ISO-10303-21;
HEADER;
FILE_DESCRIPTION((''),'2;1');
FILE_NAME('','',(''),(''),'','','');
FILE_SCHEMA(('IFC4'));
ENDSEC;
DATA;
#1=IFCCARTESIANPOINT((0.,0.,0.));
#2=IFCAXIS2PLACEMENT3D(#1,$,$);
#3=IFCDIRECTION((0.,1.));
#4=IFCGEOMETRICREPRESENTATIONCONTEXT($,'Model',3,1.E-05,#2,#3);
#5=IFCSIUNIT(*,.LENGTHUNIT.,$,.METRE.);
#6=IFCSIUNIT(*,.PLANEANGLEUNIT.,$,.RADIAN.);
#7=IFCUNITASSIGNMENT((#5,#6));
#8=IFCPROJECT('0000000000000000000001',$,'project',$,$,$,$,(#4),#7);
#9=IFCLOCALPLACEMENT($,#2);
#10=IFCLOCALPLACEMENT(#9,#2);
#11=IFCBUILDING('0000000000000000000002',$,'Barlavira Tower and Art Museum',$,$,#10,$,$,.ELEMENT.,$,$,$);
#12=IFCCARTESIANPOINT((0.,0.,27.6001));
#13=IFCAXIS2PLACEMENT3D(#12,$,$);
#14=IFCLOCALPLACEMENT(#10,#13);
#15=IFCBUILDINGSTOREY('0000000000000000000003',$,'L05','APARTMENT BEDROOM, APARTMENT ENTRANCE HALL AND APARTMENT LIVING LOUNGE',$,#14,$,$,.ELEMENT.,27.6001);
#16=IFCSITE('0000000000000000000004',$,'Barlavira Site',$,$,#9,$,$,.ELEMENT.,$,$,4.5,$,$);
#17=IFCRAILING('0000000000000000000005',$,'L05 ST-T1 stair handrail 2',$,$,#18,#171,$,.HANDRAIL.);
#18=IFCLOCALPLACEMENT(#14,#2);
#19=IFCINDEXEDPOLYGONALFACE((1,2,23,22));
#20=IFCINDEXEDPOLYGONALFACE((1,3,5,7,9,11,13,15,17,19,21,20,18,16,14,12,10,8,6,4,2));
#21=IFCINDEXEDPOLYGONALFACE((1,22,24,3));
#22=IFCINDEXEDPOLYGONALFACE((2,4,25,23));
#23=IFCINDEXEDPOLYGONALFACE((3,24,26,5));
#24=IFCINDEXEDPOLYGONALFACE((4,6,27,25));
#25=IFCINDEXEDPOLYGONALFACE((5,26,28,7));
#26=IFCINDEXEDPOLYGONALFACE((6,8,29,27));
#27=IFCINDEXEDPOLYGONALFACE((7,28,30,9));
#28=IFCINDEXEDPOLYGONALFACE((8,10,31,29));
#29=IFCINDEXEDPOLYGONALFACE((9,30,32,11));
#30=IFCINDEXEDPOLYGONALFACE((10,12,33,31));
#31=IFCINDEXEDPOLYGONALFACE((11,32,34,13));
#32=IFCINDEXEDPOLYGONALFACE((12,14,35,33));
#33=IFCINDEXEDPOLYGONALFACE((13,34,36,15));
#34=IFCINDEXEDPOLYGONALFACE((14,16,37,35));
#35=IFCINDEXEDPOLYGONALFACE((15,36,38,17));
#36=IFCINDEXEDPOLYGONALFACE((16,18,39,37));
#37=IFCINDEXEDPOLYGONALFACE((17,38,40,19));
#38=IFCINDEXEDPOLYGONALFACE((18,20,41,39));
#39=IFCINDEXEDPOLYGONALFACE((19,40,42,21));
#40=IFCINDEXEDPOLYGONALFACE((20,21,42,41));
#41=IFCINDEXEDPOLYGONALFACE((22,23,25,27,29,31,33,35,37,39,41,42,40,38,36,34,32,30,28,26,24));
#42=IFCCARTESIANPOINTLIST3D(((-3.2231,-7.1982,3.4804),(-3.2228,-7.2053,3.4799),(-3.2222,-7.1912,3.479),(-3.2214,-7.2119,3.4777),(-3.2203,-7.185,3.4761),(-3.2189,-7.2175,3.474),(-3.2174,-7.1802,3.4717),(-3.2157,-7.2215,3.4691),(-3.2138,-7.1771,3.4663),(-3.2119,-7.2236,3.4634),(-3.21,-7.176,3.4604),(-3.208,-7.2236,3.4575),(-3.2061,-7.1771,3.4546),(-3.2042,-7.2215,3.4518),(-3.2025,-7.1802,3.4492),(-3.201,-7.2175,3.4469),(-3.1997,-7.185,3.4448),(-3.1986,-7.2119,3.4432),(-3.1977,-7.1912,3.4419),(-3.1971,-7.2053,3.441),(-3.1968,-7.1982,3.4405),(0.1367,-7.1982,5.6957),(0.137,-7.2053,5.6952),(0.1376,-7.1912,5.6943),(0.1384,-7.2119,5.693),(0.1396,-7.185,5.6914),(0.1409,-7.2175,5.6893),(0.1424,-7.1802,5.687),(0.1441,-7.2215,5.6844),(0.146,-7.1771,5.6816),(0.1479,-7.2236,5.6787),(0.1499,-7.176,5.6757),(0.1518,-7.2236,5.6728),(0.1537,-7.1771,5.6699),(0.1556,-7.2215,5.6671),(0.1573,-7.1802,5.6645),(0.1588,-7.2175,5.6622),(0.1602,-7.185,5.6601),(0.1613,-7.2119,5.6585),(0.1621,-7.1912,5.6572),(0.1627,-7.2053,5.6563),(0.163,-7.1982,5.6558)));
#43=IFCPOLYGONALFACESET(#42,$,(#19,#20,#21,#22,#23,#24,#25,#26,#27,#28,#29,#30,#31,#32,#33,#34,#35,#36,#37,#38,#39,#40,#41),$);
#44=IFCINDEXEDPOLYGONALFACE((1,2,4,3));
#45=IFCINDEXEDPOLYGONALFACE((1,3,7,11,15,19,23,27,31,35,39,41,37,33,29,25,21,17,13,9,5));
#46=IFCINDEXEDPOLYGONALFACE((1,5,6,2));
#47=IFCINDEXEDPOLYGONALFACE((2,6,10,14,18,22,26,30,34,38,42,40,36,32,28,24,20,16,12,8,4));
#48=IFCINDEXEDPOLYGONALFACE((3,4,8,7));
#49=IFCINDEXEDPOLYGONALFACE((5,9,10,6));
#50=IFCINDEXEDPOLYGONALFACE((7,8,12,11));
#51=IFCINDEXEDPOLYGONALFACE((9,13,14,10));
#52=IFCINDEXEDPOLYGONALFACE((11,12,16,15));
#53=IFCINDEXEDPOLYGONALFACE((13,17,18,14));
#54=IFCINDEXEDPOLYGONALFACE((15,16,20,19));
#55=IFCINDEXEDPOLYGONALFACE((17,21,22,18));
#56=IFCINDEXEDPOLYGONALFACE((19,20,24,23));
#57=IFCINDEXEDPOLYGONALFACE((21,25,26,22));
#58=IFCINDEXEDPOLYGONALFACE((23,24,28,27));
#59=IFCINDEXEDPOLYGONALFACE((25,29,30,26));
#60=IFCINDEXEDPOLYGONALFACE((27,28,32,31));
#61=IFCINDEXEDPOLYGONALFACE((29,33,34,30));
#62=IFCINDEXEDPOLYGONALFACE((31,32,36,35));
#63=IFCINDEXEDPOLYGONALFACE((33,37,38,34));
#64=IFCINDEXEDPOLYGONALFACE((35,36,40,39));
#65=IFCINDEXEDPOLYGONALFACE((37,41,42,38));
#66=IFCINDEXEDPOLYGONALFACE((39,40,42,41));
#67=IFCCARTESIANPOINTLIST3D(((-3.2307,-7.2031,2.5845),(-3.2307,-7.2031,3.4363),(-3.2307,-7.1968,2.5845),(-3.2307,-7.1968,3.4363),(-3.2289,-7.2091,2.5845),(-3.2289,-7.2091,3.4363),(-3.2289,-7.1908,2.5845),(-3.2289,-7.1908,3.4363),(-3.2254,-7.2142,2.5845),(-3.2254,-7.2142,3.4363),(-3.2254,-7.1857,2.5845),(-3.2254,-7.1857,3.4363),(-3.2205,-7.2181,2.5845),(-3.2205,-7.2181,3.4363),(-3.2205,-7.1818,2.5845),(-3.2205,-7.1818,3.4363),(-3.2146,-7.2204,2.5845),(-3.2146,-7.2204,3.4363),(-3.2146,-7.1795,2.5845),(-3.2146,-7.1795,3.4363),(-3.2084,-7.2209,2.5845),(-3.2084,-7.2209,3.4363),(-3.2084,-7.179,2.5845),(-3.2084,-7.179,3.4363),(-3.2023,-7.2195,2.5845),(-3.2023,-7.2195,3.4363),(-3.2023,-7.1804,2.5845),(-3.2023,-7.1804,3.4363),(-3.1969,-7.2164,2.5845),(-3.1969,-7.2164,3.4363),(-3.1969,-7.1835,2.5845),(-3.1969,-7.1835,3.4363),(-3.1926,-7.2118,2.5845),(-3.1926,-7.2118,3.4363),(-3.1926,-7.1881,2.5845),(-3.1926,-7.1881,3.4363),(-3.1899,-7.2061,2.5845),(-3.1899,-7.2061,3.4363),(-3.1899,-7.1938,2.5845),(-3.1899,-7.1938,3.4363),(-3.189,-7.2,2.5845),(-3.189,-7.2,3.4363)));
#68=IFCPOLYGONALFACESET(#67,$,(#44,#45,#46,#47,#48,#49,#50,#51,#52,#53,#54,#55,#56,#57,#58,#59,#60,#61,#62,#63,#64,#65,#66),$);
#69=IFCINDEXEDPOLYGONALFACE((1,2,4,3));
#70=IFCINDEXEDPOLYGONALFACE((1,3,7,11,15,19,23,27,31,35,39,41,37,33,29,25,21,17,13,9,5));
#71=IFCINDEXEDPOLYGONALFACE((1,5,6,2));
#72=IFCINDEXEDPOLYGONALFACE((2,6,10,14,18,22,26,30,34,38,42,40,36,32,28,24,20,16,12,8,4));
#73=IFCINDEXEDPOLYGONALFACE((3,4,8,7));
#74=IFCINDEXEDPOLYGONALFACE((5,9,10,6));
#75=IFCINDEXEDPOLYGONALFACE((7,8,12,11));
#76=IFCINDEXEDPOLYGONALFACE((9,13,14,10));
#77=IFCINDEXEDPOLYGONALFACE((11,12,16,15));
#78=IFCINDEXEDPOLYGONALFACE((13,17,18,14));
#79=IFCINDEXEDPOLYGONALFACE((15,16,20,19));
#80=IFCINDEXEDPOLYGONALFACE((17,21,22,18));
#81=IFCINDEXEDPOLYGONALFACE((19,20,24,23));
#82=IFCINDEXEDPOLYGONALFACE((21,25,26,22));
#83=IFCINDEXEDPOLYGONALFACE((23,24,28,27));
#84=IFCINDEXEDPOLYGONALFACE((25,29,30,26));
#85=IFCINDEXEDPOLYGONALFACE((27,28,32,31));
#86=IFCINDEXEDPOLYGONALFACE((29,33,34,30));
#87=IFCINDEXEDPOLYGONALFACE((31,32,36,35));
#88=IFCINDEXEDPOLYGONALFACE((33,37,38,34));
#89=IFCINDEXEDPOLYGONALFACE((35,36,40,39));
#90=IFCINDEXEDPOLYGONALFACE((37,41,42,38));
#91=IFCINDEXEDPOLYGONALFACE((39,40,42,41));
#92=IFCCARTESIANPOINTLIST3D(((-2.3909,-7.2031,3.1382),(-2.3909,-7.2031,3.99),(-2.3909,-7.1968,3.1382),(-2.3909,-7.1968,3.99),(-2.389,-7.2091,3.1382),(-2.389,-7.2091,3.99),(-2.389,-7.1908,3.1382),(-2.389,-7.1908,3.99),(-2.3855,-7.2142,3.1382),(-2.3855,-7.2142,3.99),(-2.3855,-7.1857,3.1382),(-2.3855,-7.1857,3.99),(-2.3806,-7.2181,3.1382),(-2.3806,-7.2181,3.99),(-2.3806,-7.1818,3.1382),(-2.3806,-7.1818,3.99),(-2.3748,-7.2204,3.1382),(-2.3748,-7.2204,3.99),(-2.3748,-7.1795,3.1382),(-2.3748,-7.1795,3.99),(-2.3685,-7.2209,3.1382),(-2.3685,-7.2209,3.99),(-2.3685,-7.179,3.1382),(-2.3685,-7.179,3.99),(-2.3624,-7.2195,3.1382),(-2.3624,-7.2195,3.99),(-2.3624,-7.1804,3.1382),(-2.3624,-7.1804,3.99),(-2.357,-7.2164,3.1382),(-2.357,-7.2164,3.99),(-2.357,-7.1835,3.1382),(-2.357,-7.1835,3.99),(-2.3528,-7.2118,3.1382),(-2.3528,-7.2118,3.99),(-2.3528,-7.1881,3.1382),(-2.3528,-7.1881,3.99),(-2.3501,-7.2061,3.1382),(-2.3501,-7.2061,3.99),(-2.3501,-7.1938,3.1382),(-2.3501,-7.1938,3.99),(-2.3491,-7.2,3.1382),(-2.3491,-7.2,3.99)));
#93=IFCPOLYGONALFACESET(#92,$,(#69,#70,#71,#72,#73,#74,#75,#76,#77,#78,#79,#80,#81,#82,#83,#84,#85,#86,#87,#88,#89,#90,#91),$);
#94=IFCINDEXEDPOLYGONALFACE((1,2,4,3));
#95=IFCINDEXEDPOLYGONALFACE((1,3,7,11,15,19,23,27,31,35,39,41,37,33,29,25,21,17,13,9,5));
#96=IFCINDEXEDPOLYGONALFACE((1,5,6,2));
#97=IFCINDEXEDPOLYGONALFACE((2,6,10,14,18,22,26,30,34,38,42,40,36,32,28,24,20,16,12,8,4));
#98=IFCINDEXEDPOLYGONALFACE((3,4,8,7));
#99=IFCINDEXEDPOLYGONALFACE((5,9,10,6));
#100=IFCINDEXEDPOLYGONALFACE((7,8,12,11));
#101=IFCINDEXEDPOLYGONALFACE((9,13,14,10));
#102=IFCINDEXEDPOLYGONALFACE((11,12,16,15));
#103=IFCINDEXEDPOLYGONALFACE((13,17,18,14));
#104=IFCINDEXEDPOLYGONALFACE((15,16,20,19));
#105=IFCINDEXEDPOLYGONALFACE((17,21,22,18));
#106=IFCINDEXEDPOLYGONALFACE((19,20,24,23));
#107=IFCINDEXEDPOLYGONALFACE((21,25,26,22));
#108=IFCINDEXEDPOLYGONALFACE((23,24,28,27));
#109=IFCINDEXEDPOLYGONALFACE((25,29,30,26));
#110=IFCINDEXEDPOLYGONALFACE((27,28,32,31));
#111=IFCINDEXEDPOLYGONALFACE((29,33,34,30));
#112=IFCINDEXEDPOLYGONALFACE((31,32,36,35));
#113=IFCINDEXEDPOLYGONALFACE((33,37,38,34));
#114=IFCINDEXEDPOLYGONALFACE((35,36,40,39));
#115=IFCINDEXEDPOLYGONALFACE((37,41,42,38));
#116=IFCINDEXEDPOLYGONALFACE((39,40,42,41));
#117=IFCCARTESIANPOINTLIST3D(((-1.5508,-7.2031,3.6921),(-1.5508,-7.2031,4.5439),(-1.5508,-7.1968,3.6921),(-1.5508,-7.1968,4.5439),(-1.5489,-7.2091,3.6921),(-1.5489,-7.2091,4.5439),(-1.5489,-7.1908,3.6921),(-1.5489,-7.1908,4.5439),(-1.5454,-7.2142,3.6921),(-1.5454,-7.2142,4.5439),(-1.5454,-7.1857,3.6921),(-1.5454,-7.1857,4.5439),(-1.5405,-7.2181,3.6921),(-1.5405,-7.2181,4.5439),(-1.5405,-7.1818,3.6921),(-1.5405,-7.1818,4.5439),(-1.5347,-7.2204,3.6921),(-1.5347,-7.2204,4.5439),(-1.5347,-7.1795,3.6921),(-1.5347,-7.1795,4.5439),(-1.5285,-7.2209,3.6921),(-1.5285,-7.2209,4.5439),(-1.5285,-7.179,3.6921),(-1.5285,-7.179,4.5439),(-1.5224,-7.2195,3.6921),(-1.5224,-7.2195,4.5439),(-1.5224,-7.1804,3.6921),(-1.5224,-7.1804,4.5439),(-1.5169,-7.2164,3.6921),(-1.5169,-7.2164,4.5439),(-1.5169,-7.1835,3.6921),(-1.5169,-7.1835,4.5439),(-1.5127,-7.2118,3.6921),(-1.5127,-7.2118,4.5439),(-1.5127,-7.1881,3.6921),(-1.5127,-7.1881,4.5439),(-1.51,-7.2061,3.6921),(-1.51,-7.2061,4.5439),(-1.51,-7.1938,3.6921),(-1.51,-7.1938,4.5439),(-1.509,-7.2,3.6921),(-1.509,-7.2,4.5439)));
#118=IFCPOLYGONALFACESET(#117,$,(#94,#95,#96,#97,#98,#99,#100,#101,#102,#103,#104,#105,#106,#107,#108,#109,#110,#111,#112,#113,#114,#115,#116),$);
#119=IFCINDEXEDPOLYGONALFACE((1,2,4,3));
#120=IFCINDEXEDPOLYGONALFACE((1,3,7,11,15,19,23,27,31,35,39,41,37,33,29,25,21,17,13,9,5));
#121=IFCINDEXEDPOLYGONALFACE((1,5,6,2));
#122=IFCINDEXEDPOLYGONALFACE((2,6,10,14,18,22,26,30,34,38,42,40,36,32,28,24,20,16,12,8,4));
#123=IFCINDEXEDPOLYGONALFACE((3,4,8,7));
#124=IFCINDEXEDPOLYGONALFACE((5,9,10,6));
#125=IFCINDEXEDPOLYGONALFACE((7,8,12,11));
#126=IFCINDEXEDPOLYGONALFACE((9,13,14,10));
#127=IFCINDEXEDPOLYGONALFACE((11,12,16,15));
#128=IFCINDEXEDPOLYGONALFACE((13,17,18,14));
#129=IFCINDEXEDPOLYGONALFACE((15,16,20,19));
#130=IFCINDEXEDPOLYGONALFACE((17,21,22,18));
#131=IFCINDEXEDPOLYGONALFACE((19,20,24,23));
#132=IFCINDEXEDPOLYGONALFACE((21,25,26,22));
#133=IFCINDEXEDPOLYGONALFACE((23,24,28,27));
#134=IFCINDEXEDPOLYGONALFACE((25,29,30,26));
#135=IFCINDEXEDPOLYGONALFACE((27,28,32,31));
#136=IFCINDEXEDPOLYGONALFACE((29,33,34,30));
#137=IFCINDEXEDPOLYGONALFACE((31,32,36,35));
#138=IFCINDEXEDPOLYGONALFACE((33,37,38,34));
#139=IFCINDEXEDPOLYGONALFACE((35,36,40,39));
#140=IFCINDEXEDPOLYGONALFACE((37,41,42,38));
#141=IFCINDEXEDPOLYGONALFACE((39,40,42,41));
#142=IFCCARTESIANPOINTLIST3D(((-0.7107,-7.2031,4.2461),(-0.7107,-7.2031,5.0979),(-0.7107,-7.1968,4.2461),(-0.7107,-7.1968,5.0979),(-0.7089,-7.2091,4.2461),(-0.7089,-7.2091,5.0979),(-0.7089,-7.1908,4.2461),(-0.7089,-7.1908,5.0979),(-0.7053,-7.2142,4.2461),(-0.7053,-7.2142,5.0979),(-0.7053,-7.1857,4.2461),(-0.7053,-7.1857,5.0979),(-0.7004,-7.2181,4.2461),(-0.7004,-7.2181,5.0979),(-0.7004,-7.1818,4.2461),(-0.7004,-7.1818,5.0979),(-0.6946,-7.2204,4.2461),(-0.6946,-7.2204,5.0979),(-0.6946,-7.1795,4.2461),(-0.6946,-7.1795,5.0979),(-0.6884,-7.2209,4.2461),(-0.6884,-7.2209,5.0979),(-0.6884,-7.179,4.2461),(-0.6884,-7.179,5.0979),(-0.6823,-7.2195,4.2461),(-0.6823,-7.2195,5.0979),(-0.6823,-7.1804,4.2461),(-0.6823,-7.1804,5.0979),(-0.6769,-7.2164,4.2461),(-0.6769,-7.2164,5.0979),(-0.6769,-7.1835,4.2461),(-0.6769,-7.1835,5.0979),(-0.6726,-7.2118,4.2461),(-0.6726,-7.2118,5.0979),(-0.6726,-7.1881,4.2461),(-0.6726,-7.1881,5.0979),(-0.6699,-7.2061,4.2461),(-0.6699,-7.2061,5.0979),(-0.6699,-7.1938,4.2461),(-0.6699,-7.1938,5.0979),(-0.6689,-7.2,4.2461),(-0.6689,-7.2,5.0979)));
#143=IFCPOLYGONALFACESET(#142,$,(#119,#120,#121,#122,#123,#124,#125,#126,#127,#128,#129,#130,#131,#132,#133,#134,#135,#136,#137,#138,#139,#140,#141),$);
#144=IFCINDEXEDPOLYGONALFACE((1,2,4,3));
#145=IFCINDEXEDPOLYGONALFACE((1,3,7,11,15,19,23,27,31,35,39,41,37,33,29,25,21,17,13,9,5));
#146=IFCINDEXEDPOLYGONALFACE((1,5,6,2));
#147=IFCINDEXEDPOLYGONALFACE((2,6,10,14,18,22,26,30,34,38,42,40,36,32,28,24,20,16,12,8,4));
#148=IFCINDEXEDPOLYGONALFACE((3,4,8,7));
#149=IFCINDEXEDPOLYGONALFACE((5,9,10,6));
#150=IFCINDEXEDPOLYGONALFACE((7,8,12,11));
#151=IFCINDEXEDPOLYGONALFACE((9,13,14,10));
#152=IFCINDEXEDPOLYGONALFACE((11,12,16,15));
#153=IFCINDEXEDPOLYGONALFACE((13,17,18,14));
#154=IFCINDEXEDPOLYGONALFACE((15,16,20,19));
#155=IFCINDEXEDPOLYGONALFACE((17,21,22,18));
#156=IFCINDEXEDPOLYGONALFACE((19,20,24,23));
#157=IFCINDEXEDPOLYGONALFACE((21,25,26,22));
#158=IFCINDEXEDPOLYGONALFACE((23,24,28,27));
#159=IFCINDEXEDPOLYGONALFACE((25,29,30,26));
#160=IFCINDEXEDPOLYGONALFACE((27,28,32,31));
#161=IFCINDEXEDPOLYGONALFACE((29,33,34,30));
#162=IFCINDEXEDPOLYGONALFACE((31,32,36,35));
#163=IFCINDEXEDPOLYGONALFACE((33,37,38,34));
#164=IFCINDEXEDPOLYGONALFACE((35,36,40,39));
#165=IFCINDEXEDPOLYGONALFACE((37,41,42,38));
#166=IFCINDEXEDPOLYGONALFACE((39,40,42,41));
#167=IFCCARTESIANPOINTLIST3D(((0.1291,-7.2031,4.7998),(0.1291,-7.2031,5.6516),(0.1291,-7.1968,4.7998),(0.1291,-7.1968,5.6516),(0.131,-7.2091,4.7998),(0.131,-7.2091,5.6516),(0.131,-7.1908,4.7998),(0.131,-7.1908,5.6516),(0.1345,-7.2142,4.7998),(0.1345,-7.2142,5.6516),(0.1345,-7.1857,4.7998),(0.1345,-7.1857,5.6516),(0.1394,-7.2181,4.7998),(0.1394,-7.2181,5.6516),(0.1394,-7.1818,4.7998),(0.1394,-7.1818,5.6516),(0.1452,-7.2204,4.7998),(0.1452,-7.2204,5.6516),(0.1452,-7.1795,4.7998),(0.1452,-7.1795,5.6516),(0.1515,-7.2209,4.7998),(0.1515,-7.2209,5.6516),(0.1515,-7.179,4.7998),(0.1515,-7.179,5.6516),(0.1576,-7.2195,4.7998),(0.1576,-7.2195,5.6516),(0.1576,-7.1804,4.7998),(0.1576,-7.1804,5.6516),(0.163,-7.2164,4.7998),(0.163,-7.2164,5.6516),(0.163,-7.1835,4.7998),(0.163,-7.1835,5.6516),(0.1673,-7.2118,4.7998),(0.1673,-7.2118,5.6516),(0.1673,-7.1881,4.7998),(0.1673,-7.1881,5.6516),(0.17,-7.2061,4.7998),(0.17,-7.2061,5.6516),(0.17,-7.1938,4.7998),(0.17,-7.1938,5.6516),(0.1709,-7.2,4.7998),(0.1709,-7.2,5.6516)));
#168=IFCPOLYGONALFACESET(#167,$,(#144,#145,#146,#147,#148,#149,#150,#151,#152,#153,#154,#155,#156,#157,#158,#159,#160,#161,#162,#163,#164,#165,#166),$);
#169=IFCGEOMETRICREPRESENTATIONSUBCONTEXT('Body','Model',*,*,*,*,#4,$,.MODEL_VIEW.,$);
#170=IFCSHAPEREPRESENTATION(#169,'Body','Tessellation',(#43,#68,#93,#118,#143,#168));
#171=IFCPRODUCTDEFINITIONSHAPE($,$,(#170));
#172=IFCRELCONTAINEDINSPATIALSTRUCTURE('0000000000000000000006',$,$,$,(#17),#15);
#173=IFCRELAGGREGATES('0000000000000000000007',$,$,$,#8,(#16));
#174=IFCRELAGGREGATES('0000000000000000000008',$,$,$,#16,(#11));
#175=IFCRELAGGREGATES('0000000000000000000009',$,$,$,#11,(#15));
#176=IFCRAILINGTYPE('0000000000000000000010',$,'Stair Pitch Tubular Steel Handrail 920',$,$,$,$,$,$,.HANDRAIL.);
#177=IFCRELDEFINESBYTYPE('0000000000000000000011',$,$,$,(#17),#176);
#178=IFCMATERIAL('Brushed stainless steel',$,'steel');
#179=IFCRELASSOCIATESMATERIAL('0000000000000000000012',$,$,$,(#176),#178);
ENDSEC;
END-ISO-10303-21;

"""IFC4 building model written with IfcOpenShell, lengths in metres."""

from ifc_helpers import new_model, si_unit, direction, frame, origin, origin_2d, place, context, subcontext, project, spatial, circle, extrude, material, type_object, element, save


model = new_model("IFC4")

# Units and contexts
model_context = context("Model", 3, precision=1e-05, world=origin(), true_north=direction((0.0, 1.0)))
body_context = subcontext(model_context, "Body", "Model", "MODEL_VIEW")
ifc_project = project(units=[si_unit("LENGTHUNIT", "METRE"), si_unit("PLANEANGLEUNIT", "RADIAN")], contexts=[model_context])

# Site, building, storey
site_placement = place(None, origin())
site = spatial("IfcSite", under=ifc_project, at=site_placement, Name="Barlavira Site", CompositionType="ELEMENT", RefElevation=4.5)
building_placement = place(site_placement, origin())
building = spatial("IfcBuilding", under=site, at=building_placement, Name="Barlavira Tower and Art Museum", CompositionType="ELEMENT")
storey_placement = place(building_placement, frame((0.0, 0.0, 27.6001)))
storey = spatial("IfcBuildingStorey", under=building, at=storey_placement, Name="L05", Description="APARTMENT BEDROOM, APARTMENT ENTRANCE HALL AND APARTMENT LIVING LOUNGE", CompositionType="ELEMENT", Elevation=27.6001)

# Shared definitions
ifc_material_1 = material(Name="Brushed stainless steel", Category="steel")

# Railing
railing_type_1 = type_object("IfcRailingType", Name="Stair Pitch Tubular Steel Handrail 920", PredefinedType="HANDRAIL", material=ifc_material_1)
railing_1_placement = place(storey_placement, frame((-3.21, -7.2, 2.5845)))
element("IfcRailing", 1, at=railing_1_placement, inside=storey, type_object=railing_type_1, Name="L05 ST-T1 stair handrail 2", PredefinedType="HANDRAIL", context=body_context, shape_type="SweptSolid", body=[
    extrude(circle(Radius=0.0239, at=origin_2d()), frame((0.0, 0.0, 0.876), z_axis=(0.834858, 0.0, 0.550465), x_axis=(0.0, 1.0, 0.0)), (0.0, 0.0, 1.0), 4.0244),
    extrude(circle(Radius=0.021, at=origin_2d()), origin(), (0.0, 0.0, 1.0), 0.8518),
    extrude(circle(Radius=0.021, at=origin_2d()), frame((0.8398, 0.0, 0.5537)), (0.0, 0.0, 1.0), 0.8518),
    extrude(circle(Radius=0.021, at=origin_2d()), frame((1.6799, 0.0, 1.1077)), (0.0, 0.0, 1.0), 0.8518),
    extrude(circle(Radius=0.021, at=origin_2d()), frame((2.52, 0.0, 1.6616)), (0.0, 0.0, 1.0), 0.8518),
    extrude(circle(Radius=0.021, at=origin_2d()), frame((3.3599, 0.0, 2.2153)), (0.0, 0.0, 1.0), 0.8518),
])

save(model, "model.ifc")
